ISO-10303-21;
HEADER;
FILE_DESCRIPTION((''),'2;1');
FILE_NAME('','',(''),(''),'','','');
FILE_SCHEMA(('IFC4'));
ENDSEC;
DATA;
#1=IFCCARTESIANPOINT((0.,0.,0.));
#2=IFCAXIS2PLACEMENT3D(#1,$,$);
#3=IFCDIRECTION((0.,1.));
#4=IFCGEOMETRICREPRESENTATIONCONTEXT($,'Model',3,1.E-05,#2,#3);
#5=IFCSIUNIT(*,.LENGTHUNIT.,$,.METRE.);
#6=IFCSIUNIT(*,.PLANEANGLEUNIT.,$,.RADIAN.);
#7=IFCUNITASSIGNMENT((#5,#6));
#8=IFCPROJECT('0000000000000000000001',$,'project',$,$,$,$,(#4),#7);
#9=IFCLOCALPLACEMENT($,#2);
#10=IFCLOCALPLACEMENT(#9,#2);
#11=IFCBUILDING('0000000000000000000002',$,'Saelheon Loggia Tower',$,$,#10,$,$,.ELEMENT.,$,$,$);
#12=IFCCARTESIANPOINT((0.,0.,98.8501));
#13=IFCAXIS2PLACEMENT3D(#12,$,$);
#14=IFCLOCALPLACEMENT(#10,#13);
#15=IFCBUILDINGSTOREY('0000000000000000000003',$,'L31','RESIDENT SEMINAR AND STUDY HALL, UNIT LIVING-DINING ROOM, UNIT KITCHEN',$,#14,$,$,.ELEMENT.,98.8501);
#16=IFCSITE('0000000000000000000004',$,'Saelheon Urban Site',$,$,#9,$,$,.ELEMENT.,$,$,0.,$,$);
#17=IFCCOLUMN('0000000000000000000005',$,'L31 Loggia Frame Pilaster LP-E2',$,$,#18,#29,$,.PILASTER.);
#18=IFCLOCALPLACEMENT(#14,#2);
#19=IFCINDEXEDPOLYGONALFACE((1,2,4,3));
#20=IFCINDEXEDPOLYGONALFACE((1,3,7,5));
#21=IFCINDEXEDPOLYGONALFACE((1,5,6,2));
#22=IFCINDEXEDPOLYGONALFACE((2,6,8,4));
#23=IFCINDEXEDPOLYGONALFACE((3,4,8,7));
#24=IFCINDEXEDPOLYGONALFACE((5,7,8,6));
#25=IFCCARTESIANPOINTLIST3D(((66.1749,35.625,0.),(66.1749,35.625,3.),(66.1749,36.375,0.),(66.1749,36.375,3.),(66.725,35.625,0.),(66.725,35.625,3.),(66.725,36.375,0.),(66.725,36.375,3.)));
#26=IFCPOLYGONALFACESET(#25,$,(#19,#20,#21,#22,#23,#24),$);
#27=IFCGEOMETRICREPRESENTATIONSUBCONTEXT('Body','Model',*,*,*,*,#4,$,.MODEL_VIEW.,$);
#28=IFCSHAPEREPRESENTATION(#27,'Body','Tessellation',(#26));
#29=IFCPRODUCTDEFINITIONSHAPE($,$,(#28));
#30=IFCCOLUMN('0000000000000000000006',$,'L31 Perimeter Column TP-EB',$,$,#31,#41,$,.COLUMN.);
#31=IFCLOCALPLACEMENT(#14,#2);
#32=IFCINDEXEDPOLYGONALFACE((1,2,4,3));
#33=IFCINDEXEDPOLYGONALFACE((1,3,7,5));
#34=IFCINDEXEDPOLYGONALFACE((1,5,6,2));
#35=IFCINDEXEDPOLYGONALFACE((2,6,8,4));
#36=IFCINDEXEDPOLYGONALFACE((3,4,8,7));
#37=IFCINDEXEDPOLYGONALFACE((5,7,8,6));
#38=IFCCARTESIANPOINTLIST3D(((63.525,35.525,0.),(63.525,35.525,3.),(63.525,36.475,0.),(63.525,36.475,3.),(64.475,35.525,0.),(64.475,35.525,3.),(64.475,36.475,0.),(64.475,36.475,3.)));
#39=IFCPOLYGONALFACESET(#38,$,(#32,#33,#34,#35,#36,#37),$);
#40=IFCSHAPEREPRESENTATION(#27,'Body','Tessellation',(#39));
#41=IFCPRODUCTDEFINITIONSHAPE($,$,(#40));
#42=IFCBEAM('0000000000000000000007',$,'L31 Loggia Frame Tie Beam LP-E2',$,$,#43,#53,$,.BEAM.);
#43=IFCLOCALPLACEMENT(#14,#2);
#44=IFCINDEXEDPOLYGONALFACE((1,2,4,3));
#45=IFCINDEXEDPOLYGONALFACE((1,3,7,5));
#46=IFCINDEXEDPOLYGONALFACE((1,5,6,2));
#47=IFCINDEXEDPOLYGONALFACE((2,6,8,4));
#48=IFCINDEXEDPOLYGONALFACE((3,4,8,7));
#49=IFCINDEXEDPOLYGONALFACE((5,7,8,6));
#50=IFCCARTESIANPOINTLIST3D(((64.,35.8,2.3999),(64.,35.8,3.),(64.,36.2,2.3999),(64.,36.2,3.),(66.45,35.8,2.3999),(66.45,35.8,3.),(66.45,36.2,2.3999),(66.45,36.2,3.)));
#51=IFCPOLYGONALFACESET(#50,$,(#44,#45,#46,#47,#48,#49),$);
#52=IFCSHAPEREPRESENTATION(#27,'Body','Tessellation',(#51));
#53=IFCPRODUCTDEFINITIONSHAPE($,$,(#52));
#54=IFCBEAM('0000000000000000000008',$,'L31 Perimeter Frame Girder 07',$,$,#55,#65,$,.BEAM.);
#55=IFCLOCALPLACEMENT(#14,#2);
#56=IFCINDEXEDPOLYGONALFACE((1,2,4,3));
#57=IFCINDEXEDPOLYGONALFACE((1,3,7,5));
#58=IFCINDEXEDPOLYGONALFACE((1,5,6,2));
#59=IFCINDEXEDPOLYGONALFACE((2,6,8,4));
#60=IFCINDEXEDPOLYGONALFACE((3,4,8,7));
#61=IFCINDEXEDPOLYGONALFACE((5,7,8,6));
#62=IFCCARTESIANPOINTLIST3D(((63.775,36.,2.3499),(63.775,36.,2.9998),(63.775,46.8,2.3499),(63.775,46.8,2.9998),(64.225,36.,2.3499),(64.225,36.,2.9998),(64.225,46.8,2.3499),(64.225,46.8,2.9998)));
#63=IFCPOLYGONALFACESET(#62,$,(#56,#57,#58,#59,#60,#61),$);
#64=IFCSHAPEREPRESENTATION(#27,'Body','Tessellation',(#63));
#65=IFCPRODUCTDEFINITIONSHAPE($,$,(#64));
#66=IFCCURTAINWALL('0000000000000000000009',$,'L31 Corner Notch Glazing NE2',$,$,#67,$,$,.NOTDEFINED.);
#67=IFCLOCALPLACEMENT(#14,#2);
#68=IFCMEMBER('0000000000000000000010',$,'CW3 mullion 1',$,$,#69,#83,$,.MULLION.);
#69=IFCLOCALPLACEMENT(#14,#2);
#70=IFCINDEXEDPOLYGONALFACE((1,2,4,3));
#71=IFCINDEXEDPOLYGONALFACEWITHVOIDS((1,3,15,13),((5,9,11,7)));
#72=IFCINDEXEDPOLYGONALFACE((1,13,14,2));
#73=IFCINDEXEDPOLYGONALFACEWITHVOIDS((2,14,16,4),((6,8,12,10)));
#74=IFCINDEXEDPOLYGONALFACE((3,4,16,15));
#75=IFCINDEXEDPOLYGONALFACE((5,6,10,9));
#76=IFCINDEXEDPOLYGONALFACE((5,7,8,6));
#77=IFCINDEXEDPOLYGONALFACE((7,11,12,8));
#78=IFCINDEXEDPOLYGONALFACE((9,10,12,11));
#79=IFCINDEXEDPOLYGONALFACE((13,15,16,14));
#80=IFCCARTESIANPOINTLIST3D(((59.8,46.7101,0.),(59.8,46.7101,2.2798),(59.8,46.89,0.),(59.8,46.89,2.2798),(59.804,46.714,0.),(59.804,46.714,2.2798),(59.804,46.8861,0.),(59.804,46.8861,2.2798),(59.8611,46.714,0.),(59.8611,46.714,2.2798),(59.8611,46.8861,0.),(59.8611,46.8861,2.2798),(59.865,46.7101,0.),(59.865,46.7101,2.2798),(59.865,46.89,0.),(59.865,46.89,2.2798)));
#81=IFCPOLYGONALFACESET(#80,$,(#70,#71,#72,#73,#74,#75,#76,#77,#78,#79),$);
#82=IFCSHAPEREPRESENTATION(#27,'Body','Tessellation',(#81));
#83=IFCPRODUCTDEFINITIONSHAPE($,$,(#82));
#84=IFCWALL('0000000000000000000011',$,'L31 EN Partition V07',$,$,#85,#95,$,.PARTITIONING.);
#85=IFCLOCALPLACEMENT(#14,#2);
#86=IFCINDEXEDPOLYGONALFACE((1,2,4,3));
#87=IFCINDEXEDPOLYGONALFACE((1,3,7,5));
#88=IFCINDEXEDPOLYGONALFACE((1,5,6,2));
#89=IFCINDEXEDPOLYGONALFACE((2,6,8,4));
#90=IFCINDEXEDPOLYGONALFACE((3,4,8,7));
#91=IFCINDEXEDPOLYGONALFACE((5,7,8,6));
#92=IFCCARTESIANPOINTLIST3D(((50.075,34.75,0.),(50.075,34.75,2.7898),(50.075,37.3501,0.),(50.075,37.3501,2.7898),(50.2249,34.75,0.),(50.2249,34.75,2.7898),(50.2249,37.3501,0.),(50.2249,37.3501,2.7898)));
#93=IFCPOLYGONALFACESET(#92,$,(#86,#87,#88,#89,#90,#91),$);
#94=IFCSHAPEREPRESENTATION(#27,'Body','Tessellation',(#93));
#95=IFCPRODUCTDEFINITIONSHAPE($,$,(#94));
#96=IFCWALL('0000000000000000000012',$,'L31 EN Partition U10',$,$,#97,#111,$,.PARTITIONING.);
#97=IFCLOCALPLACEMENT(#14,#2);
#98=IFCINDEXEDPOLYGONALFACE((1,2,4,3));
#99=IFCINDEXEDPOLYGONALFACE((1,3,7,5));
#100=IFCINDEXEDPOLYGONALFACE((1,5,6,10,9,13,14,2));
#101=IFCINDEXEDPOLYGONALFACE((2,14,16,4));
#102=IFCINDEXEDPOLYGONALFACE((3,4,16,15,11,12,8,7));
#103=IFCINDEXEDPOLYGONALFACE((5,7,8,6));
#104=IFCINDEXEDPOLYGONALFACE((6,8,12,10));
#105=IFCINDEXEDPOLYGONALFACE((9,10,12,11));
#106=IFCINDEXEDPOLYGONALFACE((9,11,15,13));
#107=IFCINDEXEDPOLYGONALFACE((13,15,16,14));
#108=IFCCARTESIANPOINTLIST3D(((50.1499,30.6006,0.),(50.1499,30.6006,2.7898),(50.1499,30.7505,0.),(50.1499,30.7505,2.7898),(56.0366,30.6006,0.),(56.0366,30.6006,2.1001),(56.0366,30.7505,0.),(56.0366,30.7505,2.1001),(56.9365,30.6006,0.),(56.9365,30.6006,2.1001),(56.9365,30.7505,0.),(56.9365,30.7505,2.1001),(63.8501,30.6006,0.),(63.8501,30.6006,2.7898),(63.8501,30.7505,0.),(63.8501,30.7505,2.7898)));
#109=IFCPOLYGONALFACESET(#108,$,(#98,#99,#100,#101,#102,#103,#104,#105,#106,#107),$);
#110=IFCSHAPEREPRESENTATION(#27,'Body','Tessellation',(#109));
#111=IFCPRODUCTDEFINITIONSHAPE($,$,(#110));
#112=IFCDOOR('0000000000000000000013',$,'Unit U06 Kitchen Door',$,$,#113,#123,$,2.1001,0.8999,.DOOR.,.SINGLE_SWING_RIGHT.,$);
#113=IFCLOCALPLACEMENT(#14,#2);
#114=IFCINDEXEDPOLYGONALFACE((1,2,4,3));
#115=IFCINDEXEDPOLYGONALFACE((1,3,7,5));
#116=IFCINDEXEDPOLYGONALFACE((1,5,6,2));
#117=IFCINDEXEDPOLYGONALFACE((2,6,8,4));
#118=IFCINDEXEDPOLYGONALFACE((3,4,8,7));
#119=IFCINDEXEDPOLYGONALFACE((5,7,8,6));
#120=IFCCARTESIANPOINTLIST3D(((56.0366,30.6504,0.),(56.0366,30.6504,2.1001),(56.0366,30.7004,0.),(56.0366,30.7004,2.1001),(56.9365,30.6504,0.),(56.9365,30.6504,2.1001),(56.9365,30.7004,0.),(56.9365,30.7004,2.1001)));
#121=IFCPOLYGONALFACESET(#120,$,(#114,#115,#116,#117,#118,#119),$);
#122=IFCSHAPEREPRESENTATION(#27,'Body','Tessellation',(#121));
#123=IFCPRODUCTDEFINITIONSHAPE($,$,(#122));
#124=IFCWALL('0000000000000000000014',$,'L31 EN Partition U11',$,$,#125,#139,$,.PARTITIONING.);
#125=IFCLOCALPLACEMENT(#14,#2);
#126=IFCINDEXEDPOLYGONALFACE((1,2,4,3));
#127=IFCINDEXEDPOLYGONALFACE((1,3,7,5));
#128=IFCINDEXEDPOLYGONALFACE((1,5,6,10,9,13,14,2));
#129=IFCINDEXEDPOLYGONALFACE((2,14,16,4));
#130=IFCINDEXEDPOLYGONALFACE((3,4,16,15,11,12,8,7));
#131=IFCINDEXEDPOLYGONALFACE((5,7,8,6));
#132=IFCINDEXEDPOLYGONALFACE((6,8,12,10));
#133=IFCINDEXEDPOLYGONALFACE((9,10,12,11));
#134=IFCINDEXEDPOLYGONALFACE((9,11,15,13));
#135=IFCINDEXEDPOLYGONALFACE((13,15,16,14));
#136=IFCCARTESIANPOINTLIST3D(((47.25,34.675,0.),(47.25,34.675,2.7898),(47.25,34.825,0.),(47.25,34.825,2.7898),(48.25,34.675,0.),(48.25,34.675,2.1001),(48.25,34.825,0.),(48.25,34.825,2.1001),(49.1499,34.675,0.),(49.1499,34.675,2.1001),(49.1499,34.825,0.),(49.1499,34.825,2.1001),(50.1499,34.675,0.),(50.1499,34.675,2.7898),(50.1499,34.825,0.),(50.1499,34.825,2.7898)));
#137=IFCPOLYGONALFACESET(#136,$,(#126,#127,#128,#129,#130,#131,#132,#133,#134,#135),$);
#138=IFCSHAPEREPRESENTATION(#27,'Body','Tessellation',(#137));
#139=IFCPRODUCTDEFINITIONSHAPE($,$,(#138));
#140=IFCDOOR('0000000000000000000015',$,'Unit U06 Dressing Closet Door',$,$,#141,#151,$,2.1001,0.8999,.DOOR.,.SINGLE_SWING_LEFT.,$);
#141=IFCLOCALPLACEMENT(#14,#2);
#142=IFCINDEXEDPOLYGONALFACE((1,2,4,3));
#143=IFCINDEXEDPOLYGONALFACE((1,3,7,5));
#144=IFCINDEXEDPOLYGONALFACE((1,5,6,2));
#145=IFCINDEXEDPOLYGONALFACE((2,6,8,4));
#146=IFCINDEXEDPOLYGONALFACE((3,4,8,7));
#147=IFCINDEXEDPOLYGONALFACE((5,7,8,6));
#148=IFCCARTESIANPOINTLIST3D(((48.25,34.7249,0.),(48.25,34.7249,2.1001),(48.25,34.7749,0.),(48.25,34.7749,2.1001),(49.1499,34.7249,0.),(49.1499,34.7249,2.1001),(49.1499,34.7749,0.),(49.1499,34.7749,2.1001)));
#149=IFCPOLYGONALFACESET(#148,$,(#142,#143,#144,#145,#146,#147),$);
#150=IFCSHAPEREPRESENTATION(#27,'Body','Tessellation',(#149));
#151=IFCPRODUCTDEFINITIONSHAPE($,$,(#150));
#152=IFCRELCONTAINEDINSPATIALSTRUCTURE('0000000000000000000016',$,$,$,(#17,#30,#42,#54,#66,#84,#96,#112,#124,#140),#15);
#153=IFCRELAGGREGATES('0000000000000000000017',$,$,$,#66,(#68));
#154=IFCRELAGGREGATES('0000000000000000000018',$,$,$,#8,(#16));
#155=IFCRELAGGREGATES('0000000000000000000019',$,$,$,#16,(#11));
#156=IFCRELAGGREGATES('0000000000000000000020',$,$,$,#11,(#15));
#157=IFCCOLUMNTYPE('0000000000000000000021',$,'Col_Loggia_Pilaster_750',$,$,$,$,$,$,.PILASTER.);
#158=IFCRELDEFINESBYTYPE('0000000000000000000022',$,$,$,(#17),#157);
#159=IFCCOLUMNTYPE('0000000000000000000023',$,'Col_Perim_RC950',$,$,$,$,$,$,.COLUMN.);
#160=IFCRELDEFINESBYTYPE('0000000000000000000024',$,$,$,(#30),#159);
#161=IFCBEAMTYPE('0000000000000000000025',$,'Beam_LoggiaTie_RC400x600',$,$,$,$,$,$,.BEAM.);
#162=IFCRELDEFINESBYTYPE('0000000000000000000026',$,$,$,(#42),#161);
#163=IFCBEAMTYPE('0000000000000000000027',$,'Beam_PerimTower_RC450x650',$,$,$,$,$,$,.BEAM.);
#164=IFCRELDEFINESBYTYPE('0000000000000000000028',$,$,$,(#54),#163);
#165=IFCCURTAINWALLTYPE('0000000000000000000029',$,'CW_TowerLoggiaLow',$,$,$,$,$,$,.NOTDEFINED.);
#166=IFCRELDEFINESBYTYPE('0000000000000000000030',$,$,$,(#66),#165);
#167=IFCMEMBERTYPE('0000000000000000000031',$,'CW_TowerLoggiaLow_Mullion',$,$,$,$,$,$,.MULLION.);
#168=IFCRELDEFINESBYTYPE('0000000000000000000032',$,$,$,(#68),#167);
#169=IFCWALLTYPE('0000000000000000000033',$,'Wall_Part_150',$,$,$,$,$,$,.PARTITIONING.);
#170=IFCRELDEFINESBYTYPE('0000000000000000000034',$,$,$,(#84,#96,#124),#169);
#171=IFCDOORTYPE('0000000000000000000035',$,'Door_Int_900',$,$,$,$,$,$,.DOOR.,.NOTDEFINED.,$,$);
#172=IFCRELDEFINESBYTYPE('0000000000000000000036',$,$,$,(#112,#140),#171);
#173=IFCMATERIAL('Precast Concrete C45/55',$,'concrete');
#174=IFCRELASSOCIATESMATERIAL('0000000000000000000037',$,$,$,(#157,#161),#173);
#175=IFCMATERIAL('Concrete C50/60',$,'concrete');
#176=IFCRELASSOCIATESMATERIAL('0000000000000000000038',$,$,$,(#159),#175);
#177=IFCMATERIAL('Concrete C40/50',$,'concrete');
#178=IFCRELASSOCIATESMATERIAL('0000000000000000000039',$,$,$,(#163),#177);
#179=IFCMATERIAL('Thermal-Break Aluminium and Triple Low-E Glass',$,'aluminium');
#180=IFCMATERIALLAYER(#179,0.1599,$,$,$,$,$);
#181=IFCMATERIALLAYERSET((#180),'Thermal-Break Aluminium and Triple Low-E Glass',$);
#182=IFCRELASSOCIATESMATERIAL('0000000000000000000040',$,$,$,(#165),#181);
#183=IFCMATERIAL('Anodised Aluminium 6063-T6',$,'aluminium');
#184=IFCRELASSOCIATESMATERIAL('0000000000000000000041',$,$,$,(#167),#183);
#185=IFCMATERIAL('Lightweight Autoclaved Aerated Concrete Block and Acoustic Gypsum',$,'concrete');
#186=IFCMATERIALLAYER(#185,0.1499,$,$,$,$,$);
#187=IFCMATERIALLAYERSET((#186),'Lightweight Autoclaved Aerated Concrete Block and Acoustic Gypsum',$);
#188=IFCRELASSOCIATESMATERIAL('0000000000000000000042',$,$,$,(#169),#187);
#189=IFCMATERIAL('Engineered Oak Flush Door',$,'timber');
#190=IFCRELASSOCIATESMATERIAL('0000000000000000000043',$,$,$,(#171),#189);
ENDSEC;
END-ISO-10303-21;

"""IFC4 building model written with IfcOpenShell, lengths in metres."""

from ifc_helpers import new_model, si_unit, direction, frame, frame_2d, origin, origin_2d, place, context, subcontext, project, spatial, rectangle, hollow_rectangle, extrude, source, transform, mapped, material, layer, layer_set, material_profile, profile_set, type_object, element, fill, aggregate, save


model = new_model("IFC4")

# Units and contexts
model_context = context("Model", 3, precision=1e-05, world=origin(), true_north=direction((0.0, 1.0)))
body_context = subcontext(model_context, "Body", "Model", "MODEL_VIEW")
ifc_project = project(units=[si_unit("LENGTHUNIT", "METRE"), si_unit("PLANEANGLEUNIT", "RADIAN")], contexts=[model_context])

# Site, building, storey
site_placement = place(None, origin())
site = spatial("IfcSite", under=ifc_project, at=site_placement, Name="Saelheon Urban Site", CompositionType="ELEMENT", RefElevation=0.0)
building_placement = place(site_placement, origin())
building = spatial("IfcBuilding", under=site, at=building_placement, Name="Saelheon Loggia Tower", CompositionType="ELEMENT")
storey_placement = place(building_placement, frame((0.0, 0.0, 98.8501)))
storey = spatial("IfcBuildingStorey", under=building, at=storey_placement, Name="L31", Description="RESIDENT SEMINAR AND STUDY HALL, UNIT LIVING-DINING ROOM, UNIT KITCHEN", CompositionType="ELEMENT", Elevation=98.8501)

# Columns
ifc_material_1 = material(Name="Precast Concrete C45/55", Category="concrete")
ifc_material_profile_1 = material_profile(ifc_material_1, rectangle(XDim=0.55, YDim=0.75, at=origin_2d()), Name="RC-550x750")
ifc_profile_set_1 = profile_set([ifc_material_profile_1], Name="Precast Concrete C45/55")
column_type_1 = type_object("IfcColumnType", Name="Col_Loggia_Pilaster_750", PredefinedType="PILASTER", material=ifc_profile_set_1)
shared_shape_1 = source(origin(), body_context, "Body", "SweptSolid", [
    extrude(rectangle(XDim=0.55, YDim=0.75, at=origin_2d()), origin(), (0.0, 0.0, 1.0), 3.0),
])
column_1_placement = place(storey_placement, frame((66.45, 36.0, 0.0), z_axis=(0.0, 0.0, 1.0), x_axis=(1.0, 0.0, 0.0)))
element("IfcColumn", 1, at=column_1_placement, inside=storey, type_object=column_type_1, Name="L31 Loggia Frame Pilaster LP-E2", PredefinedType="PILASTER", context=body_context, shape_type="MappedRepresentation", body=[
    mapped(shared_shape_1, transform((0.0, 0.0, 0.0), scale=1.0)),
])
ifc_material_2 = material(Name="Concrete C50/60", Category="concrete")
ifc_material_profile_2 = material_profile(ifc_material_2, rectangle(XDim=0.95, YDim=0.95, at=origin_2d()), Name="RC-950x950")
ifc_profile_set_2 = profile_set([ifc_material_profile_2], Name="Concrete C50/60")
column_type_2 = type_object("IfcColumnType", Name="Col_Perim_RC950", PredefinedType="COLUMN", material=ifc_profile_set_2)
shared_shape_2 = source(origin(), body_context, "Body", "SweptSolid", [
    extrude(rectangle(XDim=0.95, YDim=0.95, at=origin_2d()), origin(), (0.0, 0.0, 1.0), 3.0),
])
column_2_placement = place(storey_placement, frame((64.0, 36.0, 0.0), z_axis=(0.0, 0.0, 1.0), x_axis=(1.0, 0.0, 0.0)))
element("IfcColumn", 2, at=column_2_placement, inside=storey, type_object=column_type_2, Name="L31 Perimeter Column TP-EB", PredefinedType="COLUMN", context=body_context, shape_type="MappedRepresentation", body=[
    mapped(shared_shape_2, transform((0.0, 0.0, 0.0), scale=1.0)),
])

# Beams
ifc_material_profile_3 = material_profile(ifc_material_1, rectangle(XDim=0.3999, YDim=0.6001, at=origin_2d()), Name="RC-400x600")
ifc_profile_set_3 = profile_set([ifc_material_profile_3], Name="Precast Concrete C45/55")
beam_type_1 = type_object("IfcBeamType", Name="Beam_LoggiaTie_RC400x600", PredefinedType="BEAM", material=ifc_profile_set_3)
shared_shape_3 = source(origin(), body_context, "Body", "SweptSolid", [
    extrude(rectangle(XDim=0.3999, YDim=0.6001, at=origin_2d()), origin(), (0.0, 0.0, 1.0), 2.45),
])
beam_1_placement = place(storey_placement, frame((64.0, 36.0, 2.7), z_axis=(1.0, 0.0, 0.0), x_axis=(0.0, 1.0, 0.0)))
element("IfcBeam", 3, at=beam_1_placement, inside=storey, type_object=beam_type_1, Name="L31 Loggia Frame Tie Beam LP-E2", PredefinedType="BEAM", context=body_context, shape_type="MappedRepresentation", body=[
    mapped(shared_shape_3, transform((0.0, 0.0, 0.0), scale=1.0)),
])
ifc_material_3 = material(Name="Concrete C40/50", Category="concrete")
ifc_material_profile_4 = material_profile(ifc_material_3, rectangle(XDim=0.45, YDim=0.6499, at=origin_2d()), Name="RC-450x650")
ifc_profile_set_4 = profile_set([ifc_material_profile_4], Name="Concrete C40/50")
beam_type_2 = type_object("IfcBeamType", Name="Beam_PerimTower_RC450x650", PredefinedType="BEAM", material=ifc_profile_set_4)
shared_shape_4 = source(origin(), body_context, "Body", "SweptSolid", [
    extrude(rectangle(XDim=0.45, YDim=0.6499, at=origin_2d()), origin(), (0.0, 0.0, 1.0), 10.8),
])
beam_2_placement = place(storey_placement, frame((64.0, 36.0, 2.6748), z_axis=(0.0, 1.0, 0.0), x_axis=(-1.0, 0.0, 0.0)))
element("IfcBeam", 4, at=beam_2_placement, inside=storey, type_object=beam_type_2, Name="L31 Perimeter Frame Girder 07", PredefinedType="BEAM", context=body_context, shape_type="MappedRepresentation", body=[
    mapped(shared_shape_4, transform((0.0, 0.0, 0.0), scale=1.0)),
])

# Curtain wall, member
ifc_material_4 = material(Name="Thermal-Break Aluminium and Triple Low-E Glass", Category="aluminium")
ifc_layer_1 = layer(ifc_material_4, 0.1599)
ifc_layer_set_1 = layer_set([ifc_layer_1], Name="Thermal-Break Aluminium and Triple Low-E Glass")
curtain_wall_type = type_object("IfcCurtainWallType", Name="CW_TowerLoggiaLow", PredefinedType="NOTDEFINED", material=ifc_layer_set_1)
curtain_wall_placement = place(storey_placement, origin())
curtain_wall = element("IfcCurtainWall", 5, at=curtain_wall_placement, inside=storey, type_object=curtain_wall_type, Name="L31 Corner Notch Glazing NE2", PredefinedType="NOTDEFINED")
ifc_material_5 = material(Name="Anodised Aluminium 6063-T6", Category="aluminium")
ifc_material_profile_5 = material_profile(ifc_material_5, hollow_rectangle(XDim=0.0649, YDim=0.1799, WallThickness=0.0039, at=origin_2d()), Name="RHS-180x65x4")
ifc_profile_set_5 = profile_set([ifc_material_profile_5], Name="Anodised Aluminium 6063-T6")
member_type = type_object("IfcMemberType", Name="CW_TowerLoggiaLow_Mullion", PredefinedType="MULLION", material=ifc_profile_set_5)
shared_shape_5 = source(origin(), body_context, "Body", "SweptSolid", [
    extrude(hollow_rectangle(XDim=0.0649, YDim=0.1799, WallThickness=0.0039, at=origin_2d()), origin(), (0.0, 0.0, 1.0), 2.2798),
])
member_placement = place(storey_placement, frame((59.8325, 46.8, 0.0), z_axis=(0.0, 0.0, 1.0), x_axis=(1.0, 0.0, 0.0)))
member = element("IfcMember", 6, at=member_placement, type_object=member_type, Name="CW3 mullion 1", PredefinedType="MULLION", context=body_context, shape_type="MappedRepresentation", body=[
    mapped(shared_shape_5, transform((0.0, 0.0, 0.0), scale=1.0)),
])
aggregate(curtain_wall, [member])

# Wall
ifc_material_6 = material(Name="Lightweight Autoclaved Aerated Concrete Block and Acoustic Gypsum", Category="concrete")
ifc_layer_2 = layer(ifc_material_6, 0.1499)
ifc_layer_set_2 = layer_set([ifc_layer_2], Name="Lightweight Autoclaved Aerated Concrete Block and Acoustic Gypsum")
wall_type_1 = type_object("IfcWallType", Name="Wall_Part_150", PredefinedType="PARTITIONING", material=ifc_layer_set_2)
wall_1_placement = place(storey_placement, frame((50.1499, 34.75, 0.0), z_axis=(0.0, 0.0, 1.0), x_axis=(0.0, 1.0, 0.0)))
element("IfcWall", 7, at=wall_1_placement, inside=storey, type_object=wall_type_1, Name="L31 EN Partition V07", PredefinedType="PARTITIONING", context=body_context, shape_type="SweptSolid", body=[
    extrude(rectangle(XDim=2.6001, YDim=0.1499, at=frame_2d((1.3, 0.0))), origin(), (0.0, 0.0, 1.0), 2.7898),
])

# Walls, openings, doors
wall_2_placement = place(storey_placement, frame((50.1499, 30.6755, 0.0), z_axis=(0.0, 0.0, 1.0), x_axis=(1.0, 0.0, 0.0)))
wall_2 = element("IfcWall", 8, at=wall_2_placement, inside=storey, type_object=wall_type_1, Name="L31 EN Partition U10", PredefinedType="PARTITIONING", context=body_context, shape_type="SweptSolid", body=[
    extrude(rectangle(XDim=13.7002, YDim=0.1499, at=frame_2d((6.8501, 0.0))), origin(), (0.0, 0.0, 1.0), 2.7898),
])
opening_1_placement = place(wall_2_placement, frame((5.8867, 0.0, 0.0)))
opening_1 = element("IfcOpeningElement", 9, at=opening_1_placement, cuts=wall_2, PredefinedType="OPENING", context=body_context, shape_type="SweptSolid", body=[
    extrude(rectangle(XDim=0.8999, YDim=2.1001, at=frame_2d((0.45, 1.05))), frame((0.0, 0.0869, 0.0), z_axis=(0.0, -1.0, 0.0), x_axis=(1.0, 0.0, 0.0)), (0.0, 0.0, 1.0), 0.1738),
])
ifc_material_7 = material(Name="Engineered Oak Flush Door", Category="timber")
door_type_1 = type_object("IfcDoorType", Name="Door_Int_900", OperationType="NOTDEFINED", PredefinedType="DOOR", material=ifc_material_7)
shared_shape_6 = source(origin(), body_context, "Body", "SweptSolid", [
    extrude(rectangle(XDim=0.8999, YDim=2.1001, at=frame_2d((0.45, 1.05))), frame((0.0, 0.0249, 0.0), z_axis=(0.0, -1.0, 0.0), x_axis=(1.0, 0.0, 0.0)), (0.0, 0.0, 1.0), 0.05),
])
door_1_placement = place(opening_1_placement, origin())
door_1 = element("IfcDoor", 10, at=door_1_placement, inside=storey, type_object=door_type_1, Name="Unit U06 Kitchen Door", OperationType="SINGLE_SWING_RIGHT", OverallHeight=2.1001, OverallWidth=0.8999, PredefinedType="DOOR", context=body_context, shape_type="MappedRepresentation", body=[
    mapped(shared_shape_6, transform((0.0, 0.0, 0.0), scale=1.0)),
])
fill(opening_1, door_1)
wall_3_placement = place(storey_placement, frame((47.25, 34.75, 0.0), z_axis=(0.0, 0.0, 1.0), x_axis=(1.0, 0.0, 0.0)))
wall_3 = element("IfcWall", 11, at=wall_3_placement, inside=storey, type_object=wall_type_1, Name="L31 EN Partition U11", PredefinedType="PARTITIONING", context=body_context, shape_type="SweptSolid", body=[
    extrude(rectangle(XDim=2.8999, YDim=0.1499, at=frame_2d((1.45, 0.0))), origin(), (0.0, 0.0, 1.0), 2.7898),
])
opening_2_placement = place(wall_3_placement, frame((1.0, 0.0, 0.0)))
opening_2 = element("IfcOpeningElement", 12, at=opening_2_placement, cuts=wall_3, PredefinedType="OPENING", context=body_context, shape_type="SweptSolid", body=[
    extrude(rectangle(XDim=0.8999, YDim=2.1001, at=frame_2d((0.45, 1.05))), frame((0.0, 0.0869, 0.0), z_axis=(0.0, -1.0, 0.0), x_axis=(1.0, 0.0, 0.0)), (0.0, 0.0, 1.0), 0.1738),
])
door_2_placement = place(opening_2_placement, origin())
door_2 = element("IfcDoor", 13, at=door_2_placement, inside=storey, type_object=door_type_1, Name="Unit U06 Dressing Closet Door", OperationType="SINGLE_SWING_LEFT", OverallHeight=2.1001, OverallWidth=0.8999, PredefinedType="DOOR", context=body_context, shape_type="MappedRepresentation", body=[
    mapped(shared_shape_6, transform((0.0, 0.0, 0.0), scale=1.0)),
])
fill(opening_2, door_2)

save(model, "model.ifc")
